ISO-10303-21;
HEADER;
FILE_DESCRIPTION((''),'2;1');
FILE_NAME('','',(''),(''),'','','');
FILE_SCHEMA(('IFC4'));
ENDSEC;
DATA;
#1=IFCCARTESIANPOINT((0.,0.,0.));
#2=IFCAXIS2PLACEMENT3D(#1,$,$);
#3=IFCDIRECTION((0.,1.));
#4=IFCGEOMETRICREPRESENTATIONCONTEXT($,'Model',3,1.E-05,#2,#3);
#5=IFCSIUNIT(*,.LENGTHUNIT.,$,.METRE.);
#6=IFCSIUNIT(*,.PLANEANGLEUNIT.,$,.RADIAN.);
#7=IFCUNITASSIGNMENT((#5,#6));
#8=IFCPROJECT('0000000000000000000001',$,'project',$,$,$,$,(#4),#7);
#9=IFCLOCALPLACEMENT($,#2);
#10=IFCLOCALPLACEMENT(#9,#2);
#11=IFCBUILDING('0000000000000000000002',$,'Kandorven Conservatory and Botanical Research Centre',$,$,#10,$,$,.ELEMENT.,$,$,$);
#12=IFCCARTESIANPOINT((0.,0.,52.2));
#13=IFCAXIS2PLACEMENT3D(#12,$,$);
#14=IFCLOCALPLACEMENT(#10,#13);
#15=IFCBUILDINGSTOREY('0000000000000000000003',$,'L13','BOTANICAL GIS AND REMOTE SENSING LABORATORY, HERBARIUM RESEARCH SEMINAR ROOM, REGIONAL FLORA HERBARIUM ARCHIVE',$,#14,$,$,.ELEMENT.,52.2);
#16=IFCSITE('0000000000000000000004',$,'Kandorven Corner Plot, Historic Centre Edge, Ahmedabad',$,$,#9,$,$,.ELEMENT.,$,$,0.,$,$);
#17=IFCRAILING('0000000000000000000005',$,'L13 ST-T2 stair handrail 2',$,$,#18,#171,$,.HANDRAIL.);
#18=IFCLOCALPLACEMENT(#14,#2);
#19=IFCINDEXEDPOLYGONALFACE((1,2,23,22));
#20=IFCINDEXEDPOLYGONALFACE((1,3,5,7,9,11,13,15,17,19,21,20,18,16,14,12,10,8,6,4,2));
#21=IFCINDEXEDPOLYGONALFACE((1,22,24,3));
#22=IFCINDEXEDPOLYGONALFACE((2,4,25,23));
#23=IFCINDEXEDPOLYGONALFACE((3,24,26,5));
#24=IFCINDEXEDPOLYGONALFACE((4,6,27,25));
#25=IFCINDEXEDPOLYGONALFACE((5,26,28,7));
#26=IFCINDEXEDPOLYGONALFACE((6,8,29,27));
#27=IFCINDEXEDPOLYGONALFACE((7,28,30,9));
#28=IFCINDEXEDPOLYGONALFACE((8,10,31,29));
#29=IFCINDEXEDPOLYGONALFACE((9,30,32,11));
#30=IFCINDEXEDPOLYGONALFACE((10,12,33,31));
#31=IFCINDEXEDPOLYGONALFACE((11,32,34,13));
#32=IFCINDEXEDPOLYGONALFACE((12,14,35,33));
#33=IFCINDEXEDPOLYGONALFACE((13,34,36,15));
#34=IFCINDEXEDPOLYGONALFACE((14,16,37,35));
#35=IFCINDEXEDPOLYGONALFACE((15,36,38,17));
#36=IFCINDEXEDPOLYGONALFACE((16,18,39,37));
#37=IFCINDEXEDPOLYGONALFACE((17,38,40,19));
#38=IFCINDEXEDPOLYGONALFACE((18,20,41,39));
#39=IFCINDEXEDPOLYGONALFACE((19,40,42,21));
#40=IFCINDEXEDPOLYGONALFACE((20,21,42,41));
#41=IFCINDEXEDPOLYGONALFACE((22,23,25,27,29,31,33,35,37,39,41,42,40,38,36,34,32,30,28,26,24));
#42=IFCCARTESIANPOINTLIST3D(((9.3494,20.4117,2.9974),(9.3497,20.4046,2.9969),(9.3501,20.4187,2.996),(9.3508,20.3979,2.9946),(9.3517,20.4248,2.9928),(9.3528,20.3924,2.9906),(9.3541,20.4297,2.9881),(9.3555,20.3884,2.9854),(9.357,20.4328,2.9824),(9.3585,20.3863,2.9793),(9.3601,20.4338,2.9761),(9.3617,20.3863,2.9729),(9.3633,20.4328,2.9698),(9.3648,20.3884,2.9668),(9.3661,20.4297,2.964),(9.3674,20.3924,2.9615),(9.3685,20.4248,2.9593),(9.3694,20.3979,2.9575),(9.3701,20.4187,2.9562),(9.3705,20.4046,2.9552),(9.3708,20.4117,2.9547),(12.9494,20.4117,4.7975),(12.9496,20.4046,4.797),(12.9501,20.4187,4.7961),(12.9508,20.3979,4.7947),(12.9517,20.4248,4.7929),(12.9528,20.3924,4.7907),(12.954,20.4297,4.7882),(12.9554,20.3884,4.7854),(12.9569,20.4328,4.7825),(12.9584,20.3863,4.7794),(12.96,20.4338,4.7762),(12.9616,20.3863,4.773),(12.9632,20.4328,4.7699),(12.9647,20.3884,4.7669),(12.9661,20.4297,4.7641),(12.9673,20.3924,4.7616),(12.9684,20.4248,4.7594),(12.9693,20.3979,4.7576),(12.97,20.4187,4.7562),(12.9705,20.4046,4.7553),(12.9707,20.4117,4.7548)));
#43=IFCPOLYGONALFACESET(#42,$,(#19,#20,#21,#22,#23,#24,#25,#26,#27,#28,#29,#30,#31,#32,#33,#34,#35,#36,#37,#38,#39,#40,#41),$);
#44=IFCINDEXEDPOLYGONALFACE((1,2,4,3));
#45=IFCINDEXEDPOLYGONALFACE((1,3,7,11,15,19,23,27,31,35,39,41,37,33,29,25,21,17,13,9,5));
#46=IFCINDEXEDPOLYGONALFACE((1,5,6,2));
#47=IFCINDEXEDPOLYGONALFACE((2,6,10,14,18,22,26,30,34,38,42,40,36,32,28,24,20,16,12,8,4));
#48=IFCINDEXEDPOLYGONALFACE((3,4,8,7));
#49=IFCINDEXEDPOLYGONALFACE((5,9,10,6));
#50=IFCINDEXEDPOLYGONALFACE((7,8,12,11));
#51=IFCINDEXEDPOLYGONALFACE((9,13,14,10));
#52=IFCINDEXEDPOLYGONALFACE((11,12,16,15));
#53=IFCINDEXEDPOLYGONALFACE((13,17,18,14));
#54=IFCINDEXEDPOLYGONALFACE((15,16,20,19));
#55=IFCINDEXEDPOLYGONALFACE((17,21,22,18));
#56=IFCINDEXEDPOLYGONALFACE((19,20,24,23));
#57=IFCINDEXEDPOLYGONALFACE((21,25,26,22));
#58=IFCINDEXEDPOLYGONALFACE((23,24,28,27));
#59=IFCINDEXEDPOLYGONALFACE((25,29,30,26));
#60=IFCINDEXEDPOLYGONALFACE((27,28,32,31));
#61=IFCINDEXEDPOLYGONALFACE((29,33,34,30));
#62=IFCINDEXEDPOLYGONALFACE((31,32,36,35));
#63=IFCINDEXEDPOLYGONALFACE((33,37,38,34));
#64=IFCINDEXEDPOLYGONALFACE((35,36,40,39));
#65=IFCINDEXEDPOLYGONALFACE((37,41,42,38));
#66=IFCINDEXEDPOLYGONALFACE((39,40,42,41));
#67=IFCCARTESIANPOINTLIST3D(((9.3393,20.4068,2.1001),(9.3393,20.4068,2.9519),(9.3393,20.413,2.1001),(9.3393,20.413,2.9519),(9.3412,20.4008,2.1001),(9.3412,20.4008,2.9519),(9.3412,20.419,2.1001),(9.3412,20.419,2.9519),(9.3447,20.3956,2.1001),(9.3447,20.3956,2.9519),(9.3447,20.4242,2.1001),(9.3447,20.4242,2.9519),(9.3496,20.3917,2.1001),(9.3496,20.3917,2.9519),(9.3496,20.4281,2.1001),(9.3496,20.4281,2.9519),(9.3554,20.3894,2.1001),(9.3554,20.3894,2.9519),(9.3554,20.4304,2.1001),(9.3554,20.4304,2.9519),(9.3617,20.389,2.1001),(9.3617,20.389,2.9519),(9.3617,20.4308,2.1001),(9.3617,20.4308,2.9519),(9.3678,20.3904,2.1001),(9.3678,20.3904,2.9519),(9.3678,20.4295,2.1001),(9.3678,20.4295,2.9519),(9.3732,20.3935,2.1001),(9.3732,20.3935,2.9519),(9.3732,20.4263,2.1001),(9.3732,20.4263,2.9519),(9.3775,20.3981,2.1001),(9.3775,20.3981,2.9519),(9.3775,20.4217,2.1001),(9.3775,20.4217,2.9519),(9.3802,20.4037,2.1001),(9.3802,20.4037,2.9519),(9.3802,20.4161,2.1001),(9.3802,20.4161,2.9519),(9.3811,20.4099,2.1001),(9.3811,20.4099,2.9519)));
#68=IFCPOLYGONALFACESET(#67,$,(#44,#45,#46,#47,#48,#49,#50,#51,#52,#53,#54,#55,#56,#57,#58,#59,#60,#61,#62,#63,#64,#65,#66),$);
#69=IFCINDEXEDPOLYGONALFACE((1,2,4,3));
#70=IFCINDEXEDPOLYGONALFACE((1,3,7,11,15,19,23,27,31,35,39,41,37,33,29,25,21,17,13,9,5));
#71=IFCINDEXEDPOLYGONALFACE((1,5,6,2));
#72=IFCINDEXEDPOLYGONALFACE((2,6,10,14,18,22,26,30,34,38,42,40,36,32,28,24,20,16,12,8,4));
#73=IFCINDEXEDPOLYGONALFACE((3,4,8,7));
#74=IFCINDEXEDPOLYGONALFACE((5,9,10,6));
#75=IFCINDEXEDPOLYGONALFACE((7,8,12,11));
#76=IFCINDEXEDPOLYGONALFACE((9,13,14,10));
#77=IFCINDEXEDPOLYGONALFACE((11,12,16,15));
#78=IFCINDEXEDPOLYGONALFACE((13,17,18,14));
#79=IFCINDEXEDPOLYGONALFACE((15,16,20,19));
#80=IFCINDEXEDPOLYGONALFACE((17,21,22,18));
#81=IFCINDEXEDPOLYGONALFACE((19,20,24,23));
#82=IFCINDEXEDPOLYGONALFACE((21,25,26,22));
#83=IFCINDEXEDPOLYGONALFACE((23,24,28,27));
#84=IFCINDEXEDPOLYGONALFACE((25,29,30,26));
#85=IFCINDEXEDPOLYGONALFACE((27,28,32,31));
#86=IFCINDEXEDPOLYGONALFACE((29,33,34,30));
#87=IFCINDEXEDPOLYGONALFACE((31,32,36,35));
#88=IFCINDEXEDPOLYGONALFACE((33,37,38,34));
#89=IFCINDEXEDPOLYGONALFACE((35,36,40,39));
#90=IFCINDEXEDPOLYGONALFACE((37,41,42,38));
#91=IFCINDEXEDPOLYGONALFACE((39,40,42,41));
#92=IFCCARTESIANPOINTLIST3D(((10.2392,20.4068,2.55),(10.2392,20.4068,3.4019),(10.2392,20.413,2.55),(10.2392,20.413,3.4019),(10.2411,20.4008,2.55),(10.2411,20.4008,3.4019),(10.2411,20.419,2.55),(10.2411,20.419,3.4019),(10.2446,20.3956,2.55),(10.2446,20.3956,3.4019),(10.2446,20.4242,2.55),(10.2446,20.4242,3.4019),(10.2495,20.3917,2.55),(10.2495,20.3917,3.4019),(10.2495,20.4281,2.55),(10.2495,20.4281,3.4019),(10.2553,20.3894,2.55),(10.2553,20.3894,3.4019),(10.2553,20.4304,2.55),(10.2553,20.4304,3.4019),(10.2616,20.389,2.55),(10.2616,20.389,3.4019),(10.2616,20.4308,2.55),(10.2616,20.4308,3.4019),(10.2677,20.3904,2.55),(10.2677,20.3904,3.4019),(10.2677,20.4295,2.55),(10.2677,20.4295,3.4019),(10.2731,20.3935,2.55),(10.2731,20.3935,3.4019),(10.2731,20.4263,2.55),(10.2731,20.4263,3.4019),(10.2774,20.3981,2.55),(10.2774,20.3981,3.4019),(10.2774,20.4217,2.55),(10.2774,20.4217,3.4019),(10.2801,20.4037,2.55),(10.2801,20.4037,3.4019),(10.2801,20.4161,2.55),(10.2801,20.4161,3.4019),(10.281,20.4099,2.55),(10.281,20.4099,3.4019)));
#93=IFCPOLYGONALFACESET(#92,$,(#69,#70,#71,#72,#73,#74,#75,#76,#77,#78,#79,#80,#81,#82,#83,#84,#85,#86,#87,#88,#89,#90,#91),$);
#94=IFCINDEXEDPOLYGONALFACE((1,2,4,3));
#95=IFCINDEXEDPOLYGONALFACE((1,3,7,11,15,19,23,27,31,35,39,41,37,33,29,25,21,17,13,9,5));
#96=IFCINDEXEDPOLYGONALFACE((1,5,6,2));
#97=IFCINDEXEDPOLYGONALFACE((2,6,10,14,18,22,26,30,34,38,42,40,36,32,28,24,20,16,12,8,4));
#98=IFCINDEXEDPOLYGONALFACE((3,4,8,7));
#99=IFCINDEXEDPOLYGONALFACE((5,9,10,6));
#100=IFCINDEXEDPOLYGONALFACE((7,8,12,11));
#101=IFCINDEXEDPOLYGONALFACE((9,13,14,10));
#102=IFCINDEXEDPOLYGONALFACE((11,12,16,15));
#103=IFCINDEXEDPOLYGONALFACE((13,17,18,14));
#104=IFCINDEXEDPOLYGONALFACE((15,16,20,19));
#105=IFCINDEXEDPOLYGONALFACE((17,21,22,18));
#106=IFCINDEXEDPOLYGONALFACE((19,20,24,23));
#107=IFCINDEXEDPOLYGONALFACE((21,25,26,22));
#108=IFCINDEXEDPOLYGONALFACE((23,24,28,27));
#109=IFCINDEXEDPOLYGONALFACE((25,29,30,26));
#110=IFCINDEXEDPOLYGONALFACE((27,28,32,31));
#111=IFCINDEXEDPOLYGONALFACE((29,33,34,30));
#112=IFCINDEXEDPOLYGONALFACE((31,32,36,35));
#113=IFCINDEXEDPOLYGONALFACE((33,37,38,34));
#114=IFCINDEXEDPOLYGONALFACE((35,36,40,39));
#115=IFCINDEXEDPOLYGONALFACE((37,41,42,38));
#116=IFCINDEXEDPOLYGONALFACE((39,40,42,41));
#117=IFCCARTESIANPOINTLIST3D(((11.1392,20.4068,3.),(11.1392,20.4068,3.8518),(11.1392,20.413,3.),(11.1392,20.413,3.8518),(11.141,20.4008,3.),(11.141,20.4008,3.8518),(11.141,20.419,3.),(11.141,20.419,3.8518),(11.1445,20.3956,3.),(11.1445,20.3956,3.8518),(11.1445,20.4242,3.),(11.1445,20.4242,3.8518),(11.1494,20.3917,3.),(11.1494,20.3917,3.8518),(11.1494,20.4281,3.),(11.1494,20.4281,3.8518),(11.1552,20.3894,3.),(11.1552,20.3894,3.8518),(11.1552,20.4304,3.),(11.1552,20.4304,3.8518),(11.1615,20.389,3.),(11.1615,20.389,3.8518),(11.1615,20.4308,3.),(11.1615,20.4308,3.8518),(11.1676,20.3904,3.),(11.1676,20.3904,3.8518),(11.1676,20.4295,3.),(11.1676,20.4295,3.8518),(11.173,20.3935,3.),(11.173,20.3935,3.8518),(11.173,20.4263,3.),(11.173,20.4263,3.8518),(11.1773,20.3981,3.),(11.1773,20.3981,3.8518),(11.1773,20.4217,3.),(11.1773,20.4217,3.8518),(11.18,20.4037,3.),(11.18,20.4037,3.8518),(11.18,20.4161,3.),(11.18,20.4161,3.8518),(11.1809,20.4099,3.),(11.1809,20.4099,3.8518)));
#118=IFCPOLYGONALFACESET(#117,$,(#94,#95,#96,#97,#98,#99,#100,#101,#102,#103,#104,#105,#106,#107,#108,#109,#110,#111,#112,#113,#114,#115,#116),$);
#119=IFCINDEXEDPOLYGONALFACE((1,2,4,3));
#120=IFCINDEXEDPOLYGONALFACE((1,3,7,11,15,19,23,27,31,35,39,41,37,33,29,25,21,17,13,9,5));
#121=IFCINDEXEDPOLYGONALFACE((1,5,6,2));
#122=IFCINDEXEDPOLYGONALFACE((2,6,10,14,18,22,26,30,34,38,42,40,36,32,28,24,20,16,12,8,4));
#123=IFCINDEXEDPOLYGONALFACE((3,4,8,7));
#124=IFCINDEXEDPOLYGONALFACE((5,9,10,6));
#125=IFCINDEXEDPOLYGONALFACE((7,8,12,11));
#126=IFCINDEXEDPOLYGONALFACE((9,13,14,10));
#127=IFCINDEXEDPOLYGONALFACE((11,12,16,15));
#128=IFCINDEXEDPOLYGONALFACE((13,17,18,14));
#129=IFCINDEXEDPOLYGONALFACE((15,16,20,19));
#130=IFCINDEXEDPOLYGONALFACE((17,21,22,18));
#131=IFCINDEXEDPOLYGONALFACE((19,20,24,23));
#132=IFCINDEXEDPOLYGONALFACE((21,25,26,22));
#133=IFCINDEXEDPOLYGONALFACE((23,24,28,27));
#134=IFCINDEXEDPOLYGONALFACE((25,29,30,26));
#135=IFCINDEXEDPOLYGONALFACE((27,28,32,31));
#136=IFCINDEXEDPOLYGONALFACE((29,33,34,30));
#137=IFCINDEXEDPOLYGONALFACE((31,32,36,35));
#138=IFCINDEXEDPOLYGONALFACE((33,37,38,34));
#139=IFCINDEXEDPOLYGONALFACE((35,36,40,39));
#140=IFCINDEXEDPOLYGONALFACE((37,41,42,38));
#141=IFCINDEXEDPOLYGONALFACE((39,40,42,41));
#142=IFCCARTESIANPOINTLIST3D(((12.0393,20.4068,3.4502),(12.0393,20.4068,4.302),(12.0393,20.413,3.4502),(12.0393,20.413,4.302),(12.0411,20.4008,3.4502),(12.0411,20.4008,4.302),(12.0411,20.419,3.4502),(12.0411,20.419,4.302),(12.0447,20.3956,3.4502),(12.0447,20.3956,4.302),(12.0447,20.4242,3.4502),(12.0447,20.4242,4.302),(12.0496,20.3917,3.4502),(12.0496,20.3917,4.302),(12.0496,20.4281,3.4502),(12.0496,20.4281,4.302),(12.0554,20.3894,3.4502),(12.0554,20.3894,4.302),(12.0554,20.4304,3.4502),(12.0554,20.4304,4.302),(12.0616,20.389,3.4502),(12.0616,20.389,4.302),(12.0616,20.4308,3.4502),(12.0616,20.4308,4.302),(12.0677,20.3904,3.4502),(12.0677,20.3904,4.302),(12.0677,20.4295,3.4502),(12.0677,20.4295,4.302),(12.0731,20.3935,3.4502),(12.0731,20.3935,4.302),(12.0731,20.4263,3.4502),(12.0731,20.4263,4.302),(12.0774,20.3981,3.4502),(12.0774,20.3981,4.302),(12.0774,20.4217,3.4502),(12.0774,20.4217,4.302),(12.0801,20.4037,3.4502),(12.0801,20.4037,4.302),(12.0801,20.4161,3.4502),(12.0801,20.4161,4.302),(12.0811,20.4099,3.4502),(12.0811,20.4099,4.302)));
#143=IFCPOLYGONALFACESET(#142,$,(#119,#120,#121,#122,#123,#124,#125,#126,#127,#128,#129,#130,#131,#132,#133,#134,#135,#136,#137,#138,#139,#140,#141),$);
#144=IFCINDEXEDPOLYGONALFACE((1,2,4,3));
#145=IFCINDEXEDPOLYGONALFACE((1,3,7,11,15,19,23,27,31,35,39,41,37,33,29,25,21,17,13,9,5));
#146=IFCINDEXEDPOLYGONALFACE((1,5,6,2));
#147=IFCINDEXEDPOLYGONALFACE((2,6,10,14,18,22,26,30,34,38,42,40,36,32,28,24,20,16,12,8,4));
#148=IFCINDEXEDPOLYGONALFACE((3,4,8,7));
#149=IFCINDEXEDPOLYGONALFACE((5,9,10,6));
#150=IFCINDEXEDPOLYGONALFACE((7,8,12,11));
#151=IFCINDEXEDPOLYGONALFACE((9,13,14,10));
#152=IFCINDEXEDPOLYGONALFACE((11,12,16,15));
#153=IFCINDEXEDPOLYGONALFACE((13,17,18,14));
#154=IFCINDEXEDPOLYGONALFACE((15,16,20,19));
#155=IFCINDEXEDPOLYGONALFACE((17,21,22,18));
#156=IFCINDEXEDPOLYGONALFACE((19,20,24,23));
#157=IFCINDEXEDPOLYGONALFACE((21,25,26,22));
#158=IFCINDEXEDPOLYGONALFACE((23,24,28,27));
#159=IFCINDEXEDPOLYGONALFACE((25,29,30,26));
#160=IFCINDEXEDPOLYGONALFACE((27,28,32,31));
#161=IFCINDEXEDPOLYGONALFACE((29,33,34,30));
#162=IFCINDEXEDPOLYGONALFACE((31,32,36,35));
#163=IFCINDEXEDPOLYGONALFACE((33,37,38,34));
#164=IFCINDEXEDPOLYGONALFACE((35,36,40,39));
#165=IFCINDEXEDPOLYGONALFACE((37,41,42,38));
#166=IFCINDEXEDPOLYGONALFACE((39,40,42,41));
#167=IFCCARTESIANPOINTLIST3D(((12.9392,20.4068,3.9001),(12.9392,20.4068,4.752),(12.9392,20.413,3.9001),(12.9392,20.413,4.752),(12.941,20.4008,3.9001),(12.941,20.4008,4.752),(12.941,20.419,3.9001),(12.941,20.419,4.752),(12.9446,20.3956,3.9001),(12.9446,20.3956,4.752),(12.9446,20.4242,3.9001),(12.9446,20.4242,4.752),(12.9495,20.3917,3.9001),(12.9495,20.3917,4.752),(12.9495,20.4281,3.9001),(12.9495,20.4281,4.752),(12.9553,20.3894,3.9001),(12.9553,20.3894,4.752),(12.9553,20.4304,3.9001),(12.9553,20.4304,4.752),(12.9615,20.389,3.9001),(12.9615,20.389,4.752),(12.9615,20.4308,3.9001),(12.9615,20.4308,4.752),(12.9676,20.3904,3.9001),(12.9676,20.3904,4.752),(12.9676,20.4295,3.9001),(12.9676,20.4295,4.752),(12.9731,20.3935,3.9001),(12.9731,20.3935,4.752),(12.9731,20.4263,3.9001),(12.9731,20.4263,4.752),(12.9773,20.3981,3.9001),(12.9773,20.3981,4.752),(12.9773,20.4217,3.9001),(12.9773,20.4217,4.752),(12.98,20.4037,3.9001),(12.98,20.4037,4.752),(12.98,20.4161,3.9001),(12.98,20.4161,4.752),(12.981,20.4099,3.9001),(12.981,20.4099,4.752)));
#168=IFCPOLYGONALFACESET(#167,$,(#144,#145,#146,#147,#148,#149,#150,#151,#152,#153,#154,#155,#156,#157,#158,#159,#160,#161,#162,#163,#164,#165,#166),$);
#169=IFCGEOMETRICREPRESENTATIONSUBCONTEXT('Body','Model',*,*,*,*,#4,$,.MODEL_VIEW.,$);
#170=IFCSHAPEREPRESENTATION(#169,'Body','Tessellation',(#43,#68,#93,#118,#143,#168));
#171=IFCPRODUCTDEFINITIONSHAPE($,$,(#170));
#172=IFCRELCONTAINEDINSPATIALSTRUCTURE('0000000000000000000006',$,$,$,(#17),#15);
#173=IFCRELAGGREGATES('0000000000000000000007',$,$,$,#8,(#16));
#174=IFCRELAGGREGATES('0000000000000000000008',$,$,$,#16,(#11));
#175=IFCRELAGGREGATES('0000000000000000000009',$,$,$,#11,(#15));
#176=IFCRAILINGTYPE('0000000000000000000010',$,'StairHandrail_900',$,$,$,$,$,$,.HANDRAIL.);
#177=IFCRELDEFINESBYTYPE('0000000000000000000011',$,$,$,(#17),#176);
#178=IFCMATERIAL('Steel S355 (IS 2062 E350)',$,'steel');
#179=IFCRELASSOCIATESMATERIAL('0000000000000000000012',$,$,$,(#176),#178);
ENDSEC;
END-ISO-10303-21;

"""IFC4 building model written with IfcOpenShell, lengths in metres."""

from ifc_helpers import new_model, si_unit, direction, frame, origin, origin_2d, place, context, subcontext, project, spatial, circle, extrude, material, type_object, element, save


model = new_model("IFC4")

# Units and contexts
model_context = context("Model", 3, precision=1e-05, world=origin(), true_north=direction((0.0, 1.0)))
body_context = subcontext(model_context, "Body", "Model", "MODEL_VIEW")
ifc_project = project(units=[si_unit("LENGTHUNIT", "METRE"), si_unit("PLANEANGLEUNIT", "RADIAN")], contexts=[model_context])

# Site, building, storey
site_placement = place(None, origin())
site = spatial("IfcSite", under=ifc_project, at=site_placement, Name="Kandorven Corner Plot, Historic Centre Edge, Ahmedabad", CompositionType="ELEMENT", RefElevation=0.0)
building_placement = place(site_placement, origin())
building = spatial("IfcBuilding", under=site, at=building_placement, Name="Kandorven Conservatory and Botanical Research Centre", CompositionType="ELEMENT")
storey_placement = place(building_placement, frame((0.0, 0.0, 52.2)))
storey = spatial("IfcBuildingStorey", under=building, at=storey_placement, Name="L13", Description="BOTANICAL GIS AND REMOTE SENSING LABORATORY, HERBARIUM RESEARCH SEMINAR ROOM, REGIONAL FLORA HERBARIUM ARCHIVE", CompositionType="ELEMENT", Elevation=52.2)

# Railing
ifc_material_1 = material(Name="Steel S355 (IS 2062 E350)", Category="steel")
railing_type_1 = type_object("IfcRailingType", Name="StairHandrail_900", PredefinedType="HANDRAIL", material=ifc_material_1)
railing_1_placement = place(storey_placement, frame((9.3601, 20.4099, 2.1001)))
element("IfcRailing", 1, at=railing_1_placement, inside=storey, type_object=railing_type_1, Name="L13 ST-T2 stair handrail 2", PredefinedType="HANDRAIL", context=body_context, shape_type="SweptSolid", body=[
    extrude(circle(Radius=0.0239, at=origin_2d()), frame((0.0, 0.0, 0.876), z_axis=(0.894415, 0.0, 0.447238), x_axis=(0.0, 1.0, 0.0)), (0.0, 0.0, 1.0), 4.0249),
    extrude(circle(Radius=0.021, at=origin_2d()), origin(), (0.0, 0.0, 1.0), 0.8518),
    extrude(circle(Radius=0.021, at=origin_2d()), frame((0.8999, 0.0, 0.45)), (0.0, 0.0, 1.0), 0.8518),
    extrude(circle(Radius=0.021, at=origin_2d()), frame((1.7998, 0.0, 0.8999)), (0.0, 0.0, 1.0), 0.8518),
    extrude(circle(Radius=0.021, at=origin_2d()), frame((2.7, 0.0, 1.3501)), (0.0, 0.0, 1.0), 0.8518),
    extrude(circle(Radius=0.021, at=origin_2d()), frame((3.5999, 0.0, 1.8)), (0.0, 0.0, 1.0), 0.8518),
])

save(model, "model.ifc")
